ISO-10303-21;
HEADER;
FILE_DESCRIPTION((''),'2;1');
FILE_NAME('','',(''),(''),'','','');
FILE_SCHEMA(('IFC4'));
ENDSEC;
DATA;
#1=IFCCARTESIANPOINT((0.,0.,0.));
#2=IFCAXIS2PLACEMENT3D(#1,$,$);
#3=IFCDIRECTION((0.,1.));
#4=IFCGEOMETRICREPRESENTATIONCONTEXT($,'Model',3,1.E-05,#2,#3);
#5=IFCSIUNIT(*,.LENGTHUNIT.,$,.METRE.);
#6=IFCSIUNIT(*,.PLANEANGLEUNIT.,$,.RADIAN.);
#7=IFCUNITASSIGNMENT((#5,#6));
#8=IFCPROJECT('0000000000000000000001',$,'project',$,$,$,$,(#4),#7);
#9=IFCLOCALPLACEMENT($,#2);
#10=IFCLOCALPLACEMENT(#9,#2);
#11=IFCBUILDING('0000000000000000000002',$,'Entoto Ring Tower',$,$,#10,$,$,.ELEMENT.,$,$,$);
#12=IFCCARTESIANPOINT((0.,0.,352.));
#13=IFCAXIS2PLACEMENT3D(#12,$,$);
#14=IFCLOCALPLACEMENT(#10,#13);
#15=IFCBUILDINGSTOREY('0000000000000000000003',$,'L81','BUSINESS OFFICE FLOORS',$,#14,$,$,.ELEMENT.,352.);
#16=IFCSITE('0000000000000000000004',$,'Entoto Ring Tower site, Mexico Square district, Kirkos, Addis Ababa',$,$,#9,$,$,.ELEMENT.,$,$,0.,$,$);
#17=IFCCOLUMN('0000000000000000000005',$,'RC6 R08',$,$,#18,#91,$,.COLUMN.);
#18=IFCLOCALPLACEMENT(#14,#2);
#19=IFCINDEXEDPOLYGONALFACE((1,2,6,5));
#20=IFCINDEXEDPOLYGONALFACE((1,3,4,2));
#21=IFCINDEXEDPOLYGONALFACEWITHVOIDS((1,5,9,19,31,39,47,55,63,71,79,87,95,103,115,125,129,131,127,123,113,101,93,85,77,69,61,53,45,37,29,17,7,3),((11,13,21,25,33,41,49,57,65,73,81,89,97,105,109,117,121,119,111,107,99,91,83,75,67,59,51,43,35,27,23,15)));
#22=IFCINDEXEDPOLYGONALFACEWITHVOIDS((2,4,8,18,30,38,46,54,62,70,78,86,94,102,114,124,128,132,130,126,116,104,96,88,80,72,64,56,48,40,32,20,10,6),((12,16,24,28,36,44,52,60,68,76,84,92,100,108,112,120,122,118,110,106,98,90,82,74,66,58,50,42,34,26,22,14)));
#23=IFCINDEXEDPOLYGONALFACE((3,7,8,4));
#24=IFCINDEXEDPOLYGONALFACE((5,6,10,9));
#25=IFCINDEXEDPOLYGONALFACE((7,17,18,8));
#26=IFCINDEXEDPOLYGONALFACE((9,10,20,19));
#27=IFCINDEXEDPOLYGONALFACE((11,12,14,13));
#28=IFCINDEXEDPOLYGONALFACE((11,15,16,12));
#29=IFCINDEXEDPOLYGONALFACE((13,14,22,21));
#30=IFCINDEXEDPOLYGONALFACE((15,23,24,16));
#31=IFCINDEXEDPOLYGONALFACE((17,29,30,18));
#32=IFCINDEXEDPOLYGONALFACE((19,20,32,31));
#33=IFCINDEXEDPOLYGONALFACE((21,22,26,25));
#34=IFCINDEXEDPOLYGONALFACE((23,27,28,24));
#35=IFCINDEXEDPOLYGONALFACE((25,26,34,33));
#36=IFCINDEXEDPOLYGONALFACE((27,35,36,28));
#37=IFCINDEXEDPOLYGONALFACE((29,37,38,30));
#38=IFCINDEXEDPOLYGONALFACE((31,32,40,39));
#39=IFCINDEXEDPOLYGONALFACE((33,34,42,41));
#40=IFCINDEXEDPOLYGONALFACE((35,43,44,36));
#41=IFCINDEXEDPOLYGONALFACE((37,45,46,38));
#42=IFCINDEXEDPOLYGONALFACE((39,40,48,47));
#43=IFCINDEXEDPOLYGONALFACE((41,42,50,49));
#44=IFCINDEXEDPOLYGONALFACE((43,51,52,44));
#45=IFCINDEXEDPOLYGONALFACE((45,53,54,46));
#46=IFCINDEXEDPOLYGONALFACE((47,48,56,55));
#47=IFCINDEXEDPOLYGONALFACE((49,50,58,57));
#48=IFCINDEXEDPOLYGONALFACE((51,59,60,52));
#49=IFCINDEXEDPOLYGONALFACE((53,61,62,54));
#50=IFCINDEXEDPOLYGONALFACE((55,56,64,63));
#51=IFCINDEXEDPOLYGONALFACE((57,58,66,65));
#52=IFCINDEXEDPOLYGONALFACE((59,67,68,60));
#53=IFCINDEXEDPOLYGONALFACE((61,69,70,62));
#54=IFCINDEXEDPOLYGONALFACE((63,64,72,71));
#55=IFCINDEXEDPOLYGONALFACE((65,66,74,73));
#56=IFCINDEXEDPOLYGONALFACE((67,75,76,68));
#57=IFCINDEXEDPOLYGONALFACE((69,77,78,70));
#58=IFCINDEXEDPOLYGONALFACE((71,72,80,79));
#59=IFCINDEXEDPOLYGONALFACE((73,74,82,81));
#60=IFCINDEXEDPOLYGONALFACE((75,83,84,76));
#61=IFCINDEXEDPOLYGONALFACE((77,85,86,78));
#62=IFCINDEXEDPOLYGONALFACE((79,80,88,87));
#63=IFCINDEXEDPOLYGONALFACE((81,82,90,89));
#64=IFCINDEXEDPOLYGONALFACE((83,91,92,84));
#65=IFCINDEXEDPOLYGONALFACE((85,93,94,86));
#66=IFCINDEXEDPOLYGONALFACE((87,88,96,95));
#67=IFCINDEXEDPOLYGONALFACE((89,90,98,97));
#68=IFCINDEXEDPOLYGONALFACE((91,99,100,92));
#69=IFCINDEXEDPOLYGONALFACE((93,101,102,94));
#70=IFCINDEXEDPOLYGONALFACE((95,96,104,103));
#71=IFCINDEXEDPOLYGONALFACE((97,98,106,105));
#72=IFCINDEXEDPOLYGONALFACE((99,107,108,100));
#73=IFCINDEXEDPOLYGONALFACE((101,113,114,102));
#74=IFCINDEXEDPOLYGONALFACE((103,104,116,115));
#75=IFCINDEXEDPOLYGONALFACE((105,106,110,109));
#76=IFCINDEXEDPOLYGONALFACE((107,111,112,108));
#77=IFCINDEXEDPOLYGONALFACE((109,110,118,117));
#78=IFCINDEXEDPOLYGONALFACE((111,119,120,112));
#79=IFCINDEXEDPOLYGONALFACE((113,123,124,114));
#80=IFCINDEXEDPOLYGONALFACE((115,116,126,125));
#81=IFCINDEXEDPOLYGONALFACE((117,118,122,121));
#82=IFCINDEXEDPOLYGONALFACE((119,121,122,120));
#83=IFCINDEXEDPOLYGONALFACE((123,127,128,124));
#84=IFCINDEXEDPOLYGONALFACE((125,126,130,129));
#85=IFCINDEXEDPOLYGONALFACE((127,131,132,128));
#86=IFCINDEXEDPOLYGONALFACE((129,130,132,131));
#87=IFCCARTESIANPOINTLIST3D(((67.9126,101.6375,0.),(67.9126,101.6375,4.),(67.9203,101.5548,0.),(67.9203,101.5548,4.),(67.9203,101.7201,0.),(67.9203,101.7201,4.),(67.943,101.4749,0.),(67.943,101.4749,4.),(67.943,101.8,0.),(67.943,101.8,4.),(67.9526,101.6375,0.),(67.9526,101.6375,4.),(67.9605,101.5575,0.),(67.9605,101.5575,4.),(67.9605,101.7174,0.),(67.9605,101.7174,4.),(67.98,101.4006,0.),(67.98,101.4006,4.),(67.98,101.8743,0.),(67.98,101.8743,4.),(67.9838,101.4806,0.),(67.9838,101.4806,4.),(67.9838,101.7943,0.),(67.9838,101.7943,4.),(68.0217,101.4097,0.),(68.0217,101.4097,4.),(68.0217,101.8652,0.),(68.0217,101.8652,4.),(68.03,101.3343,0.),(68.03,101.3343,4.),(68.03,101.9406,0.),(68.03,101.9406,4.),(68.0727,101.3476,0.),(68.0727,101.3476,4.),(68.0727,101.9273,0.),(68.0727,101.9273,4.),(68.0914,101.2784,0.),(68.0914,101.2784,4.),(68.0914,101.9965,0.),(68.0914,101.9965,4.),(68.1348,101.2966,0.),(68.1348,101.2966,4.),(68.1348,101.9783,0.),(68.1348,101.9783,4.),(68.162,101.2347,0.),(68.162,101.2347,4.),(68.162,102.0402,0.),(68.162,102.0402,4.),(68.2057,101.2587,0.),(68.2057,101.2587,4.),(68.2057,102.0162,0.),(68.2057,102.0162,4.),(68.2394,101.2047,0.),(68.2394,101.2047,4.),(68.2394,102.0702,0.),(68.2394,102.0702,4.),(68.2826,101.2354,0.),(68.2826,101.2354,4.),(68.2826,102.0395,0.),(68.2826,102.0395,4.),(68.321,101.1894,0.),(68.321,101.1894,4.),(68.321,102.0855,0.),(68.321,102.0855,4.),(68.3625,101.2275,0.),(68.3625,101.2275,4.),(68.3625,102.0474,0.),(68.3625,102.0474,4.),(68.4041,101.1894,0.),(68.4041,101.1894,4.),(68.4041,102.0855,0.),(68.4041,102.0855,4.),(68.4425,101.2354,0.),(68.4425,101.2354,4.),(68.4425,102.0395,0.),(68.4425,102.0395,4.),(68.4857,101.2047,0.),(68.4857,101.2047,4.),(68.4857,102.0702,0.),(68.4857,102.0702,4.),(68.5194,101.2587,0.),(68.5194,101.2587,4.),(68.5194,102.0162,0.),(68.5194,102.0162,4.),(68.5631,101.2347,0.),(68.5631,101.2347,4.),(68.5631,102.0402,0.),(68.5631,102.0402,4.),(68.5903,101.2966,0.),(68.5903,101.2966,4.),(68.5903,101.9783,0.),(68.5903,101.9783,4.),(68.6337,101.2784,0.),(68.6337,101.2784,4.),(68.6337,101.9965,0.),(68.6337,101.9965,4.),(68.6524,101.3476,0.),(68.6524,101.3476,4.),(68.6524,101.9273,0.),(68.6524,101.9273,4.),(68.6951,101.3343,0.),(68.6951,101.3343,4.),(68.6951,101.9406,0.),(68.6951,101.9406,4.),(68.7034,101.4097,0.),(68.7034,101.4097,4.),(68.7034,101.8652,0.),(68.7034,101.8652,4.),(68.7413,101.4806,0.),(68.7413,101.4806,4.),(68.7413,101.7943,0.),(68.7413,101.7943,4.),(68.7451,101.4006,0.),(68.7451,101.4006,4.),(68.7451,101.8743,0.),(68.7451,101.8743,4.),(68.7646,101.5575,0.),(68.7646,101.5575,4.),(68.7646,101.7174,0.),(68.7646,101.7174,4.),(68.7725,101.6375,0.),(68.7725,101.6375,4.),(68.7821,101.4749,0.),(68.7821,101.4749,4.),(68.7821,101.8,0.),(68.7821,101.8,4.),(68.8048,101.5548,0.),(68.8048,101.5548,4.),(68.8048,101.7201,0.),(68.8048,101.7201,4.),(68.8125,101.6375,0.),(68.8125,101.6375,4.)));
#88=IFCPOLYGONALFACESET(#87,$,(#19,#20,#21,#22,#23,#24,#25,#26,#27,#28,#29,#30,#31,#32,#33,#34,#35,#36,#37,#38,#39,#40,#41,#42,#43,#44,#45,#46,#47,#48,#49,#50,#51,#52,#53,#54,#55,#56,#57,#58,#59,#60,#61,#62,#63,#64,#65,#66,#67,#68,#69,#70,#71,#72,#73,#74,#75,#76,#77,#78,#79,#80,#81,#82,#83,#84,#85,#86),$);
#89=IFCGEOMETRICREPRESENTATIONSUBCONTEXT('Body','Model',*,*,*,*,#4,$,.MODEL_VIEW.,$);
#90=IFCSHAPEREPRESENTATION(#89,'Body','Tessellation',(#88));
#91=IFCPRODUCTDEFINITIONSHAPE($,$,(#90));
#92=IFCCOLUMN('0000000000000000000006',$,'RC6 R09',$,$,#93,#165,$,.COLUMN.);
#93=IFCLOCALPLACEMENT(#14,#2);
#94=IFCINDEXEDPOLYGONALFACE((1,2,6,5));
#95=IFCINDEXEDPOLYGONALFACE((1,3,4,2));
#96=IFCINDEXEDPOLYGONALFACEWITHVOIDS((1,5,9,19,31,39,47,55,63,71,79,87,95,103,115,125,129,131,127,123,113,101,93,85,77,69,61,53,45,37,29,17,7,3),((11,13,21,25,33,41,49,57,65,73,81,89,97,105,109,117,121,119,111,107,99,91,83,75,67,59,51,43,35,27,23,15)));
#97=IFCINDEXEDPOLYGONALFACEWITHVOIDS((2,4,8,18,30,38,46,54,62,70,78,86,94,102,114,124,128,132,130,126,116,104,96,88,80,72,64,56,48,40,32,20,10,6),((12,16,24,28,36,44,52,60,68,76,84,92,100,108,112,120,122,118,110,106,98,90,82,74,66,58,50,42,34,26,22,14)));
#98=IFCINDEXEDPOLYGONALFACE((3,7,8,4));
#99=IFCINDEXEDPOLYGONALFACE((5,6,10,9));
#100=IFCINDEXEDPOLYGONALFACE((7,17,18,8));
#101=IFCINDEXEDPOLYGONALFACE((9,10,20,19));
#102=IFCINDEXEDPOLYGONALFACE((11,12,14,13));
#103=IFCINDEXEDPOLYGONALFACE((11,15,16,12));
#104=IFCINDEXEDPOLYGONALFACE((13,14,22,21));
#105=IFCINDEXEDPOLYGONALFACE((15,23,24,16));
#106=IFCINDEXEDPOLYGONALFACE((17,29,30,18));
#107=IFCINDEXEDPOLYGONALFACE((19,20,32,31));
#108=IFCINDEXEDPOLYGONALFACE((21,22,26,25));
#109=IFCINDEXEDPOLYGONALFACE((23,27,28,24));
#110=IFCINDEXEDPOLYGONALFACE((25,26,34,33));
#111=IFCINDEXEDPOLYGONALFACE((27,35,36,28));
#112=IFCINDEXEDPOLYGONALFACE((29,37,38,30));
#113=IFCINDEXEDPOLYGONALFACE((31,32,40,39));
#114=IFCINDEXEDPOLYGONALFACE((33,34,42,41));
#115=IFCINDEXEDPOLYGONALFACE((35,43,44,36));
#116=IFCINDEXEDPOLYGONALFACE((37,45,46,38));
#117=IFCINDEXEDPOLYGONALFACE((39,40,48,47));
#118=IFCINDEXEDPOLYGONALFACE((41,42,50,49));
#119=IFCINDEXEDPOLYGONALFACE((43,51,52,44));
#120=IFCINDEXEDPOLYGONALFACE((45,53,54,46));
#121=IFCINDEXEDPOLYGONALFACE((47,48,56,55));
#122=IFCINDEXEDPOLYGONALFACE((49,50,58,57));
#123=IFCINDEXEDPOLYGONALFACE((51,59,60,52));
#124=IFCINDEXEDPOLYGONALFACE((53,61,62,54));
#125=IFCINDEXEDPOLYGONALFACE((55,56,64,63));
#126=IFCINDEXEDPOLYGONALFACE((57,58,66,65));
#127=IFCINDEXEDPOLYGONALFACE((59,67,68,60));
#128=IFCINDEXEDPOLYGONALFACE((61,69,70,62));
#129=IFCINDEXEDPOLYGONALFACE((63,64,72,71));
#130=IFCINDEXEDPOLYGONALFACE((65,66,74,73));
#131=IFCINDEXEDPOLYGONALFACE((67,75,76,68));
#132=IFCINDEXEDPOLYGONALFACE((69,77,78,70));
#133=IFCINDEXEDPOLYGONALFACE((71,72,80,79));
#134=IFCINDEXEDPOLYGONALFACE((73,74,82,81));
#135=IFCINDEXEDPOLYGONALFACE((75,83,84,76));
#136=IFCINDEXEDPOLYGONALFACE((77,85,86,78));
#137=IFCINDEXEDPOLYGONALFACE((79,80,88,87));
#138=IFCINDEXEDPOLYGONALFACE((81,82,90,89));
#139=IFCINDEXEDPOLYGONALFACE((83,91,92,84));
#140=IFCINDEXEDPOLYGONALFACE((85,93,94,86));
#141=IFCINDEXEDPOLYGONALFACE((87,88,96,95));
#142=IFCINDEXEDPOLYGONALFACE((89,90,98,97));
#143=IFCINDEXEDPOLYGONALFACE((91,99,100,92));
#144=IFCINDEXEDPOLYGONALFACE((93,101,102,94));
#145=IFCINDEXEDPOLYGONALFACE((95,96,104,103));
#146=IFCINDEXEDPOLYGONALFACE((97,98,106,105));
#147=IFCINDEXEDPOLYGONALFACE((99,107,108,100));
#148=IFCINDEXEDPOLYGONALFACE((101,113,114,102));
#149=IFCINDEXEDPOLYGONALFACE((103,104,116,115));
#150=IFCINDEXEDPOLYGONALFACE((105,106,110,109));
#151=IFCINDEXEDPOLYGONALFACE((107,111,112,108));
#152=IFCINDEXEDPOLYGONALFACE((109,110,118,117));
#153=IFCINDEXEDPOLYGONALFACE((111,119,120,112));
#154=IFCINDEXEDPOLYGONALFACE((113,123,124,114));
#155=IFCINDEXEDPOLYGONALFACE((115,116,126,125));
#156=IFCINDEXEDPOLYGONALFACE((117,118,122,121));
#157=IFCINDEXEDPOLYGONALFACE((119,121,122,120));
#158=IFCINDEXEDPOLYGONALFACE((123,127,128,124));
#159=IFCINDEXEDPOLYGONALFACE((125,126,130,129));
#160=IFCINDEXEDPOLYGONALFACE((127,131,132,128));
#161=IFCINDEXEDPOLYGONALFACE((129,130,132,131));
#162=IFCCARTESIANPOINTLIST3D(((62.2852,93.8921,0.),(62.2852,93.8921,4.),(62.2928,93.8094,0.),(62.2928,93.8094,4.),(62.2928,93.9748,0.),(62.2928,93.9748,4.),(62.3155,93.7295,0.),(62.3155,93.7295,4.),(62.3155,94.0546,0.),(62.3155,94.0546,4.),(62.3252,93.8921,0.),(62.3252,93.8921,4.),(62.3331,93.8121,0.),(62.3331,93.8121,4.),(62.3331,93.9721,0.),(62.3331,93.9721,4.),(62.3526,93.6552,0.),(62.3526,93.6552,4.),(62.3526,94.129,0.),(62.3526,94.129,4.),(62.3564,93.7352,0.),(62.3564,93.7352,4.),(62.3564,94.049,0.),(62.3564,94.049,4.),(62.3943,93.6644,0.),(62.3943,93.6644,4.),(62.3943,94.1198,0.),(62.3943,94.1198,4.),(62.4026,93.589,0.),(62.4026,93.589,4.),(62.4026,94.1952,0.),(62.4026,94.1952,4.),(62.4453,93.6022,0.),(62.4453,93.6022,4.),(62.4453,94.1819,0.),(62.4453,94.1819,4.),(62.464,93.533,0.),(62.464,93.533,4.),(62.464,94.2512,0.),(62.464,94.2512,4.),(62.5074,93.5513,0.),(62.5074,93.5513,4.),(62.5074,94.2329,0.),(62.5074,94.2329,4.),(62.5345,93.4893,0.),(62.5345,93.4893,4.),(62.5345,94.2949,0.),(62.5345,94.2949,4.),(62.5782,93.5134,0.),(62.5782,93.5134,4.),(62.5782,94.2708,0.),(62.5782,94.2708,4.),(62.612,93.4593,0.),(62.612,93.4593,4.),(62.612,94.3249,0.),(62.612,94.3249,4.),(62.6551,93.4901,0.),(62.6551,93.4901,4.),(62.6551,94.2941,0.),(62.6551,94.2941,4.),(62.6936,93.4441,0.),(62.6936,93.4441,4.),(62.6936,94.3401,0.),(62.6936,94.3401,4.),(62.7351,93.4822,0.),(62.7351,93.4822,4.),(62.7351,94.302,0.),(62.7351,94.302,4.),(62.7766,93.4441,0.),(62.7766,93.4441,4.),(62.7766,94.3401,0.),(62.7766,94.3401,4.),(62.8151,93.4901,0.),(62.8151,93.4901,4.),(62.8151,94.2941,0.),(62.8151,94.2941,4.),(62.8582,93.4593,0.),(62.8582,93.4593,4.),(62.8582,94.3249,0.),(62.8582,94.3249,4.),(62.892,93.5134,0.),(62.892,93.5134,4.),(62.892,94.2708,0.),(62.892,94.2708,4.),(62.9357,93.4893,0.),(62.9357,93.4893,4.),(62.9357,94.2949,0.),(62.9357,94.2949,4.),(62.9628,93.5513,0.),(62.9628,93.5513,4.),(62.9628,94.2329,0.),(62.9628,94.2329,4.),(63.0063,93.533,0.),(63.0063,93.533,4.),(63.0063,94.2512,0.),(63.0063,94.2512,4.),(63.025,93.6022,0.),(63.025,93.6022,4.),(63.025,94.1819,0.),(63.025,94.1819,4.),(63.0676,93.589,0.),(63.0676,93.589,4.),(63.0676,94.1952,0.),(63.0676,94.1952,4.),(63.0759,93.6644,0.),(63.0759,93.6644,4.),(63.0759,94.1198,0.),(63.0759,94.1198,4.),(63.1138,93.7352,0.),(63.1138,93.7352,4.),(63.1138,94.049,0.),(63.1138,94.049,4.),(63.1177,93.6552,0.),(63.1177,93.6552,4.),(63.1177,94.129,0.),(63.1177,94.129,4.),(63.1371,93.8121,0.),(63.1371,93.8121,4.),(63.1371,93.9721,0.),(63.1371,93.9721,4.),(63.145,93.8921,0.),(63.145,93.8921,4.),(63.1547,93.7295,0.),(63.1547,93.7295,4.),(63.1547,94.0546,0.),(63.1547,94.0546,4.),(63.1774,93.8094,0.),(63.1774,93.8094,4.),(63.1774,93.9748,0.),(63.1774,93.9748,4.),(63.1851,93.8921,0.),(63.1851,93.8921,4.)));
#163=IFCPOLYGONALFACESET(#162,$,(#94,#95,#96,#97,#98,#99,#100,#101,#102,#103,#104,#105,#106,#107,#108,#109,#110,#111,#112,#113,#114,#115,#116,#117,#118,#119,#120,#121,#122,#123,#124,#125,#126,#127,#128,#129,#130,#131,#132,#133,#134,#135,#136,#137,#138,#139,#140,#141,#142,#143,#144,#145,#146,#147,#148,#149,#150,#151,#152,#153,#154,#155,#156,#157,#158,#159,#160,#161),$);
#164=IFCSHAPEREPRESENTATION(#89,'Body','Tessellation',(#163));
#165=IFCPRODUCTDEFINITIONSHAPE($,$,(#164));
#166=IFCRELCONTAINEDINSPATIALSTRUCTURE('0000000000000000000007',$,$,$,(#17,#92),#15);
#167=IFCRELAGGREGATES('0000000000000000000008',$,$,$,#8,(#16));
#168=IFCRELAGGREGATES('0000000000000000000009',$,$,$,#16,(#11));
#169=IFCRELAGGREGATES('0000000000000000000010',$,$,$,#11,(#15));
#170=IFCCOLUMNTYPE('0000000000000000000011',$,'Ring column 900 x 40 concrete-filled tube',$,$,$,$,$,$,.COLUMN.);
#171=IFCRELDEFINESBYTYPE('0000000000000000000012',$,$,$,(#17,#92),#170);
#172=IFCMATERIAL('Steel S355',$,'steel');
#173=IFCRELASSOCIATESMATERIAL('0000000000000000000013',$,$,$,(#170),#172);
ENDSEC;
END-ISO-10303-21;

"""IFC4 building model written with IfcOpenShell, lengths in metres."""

from ifc_helpers import new_model, si_unit, direction, frame, origin, origin_2d, place, context, subcontext, project, spatial, circle, hollow_circle, extrude, material, material_profile, profile_set, type_object, element, save


model = new_model("IFC4")

# Units and contexts
model_context = context("Model", 3, precision=1e-05, world=origin(), true_north=direction((0.0, 1.0)))
body_context = subcontext(model_context, "Body", "Model", "MODEL_VIEW")
ifc_project = project(units=[si_unit("LENGTHUNIT", "METRE"), si_unit("PLANEANGLEUNIT", "RADIAN")], contexts=[model_context])

# Site, building, storey
site_placement = place(None, origin())
site = spatial("IfcSite", under=ifc_project, at=site_placement, Name="Entoto Ring Tower site, Mexico Square district, Kirkos, Addis Ababa", CompositionType="ELEMENT", RefElevation=0.0)
building_placement = place(site_placement, origin())
building = spatial("IfcBuilding", under=site, at=building_placement, Name="Entoto Ring Tower", CompositionType="ELEMENT")
storey_placement = place(building_placement, frame((0.0, 0.0, 352.0)))
storey = spatial("IfcBuildingStorey", under=building, at=storey_placement, Name="L81", Description="BUSINESS OFFICE FLOORS", CompositionType="ELEMENT", Elevation=352.0)

# Columns
ifc_material_1 = material(Name="Steel S355", Category="steel")
ifc_material_profile_1 = material_profile(ifc_material_1, hollow_circle(Radius=0.45, WallThickness=0.04, at=origin_2d()), Name="CHS 900 x 40")
ifc_material_2 = material(Name="Concrete C60/75", Category="concrete")
ifc_material_profile_2 = material_profile(ifc_material_2, circle(Radius=0.4099, at=origin_2d()), Name="Concrete C60/75 infill")
ifc_profile_set_1 = profile_set([ifc_material_profile_1, ifc_material_profile_2], Name="Steel S355")
column_type = type_object("IfcColumnType", Name="Ring column 900 x 40 concrete-filled tube", PredefinedType="COLUMN", material=ifc_profile_set_1)
for number, where, z_axis, x_axis, name in (
    (1, (68.3625, 101.6375, 0.0), (0.0, 0.0, 1.0), (1.0, 0.0, 0.0), "RC6 R08"),
    (2, (62.7351, 93.8921, 0.0), (0.0, 0.0, 1.0), (1.0, 0.0, 0.0), "RC6 R09"),
):
    element("IfcColumn", number, at=place(storey_placement, frame(where, z_axis=z_axis, x_axis=x_axis)), inside=storey, type_object=column_type, Name=name, PredefinedType="COLUMN", context=body_context, shape_type="SweptSolid", body=[
        extrude(hollow_circle(Radius=0.45, WallThickness=0.04, at=origin_2d()), origin(), (0.0, 0.0, 1.0), 4.0),
    ])

save(model, "model.ifc")
